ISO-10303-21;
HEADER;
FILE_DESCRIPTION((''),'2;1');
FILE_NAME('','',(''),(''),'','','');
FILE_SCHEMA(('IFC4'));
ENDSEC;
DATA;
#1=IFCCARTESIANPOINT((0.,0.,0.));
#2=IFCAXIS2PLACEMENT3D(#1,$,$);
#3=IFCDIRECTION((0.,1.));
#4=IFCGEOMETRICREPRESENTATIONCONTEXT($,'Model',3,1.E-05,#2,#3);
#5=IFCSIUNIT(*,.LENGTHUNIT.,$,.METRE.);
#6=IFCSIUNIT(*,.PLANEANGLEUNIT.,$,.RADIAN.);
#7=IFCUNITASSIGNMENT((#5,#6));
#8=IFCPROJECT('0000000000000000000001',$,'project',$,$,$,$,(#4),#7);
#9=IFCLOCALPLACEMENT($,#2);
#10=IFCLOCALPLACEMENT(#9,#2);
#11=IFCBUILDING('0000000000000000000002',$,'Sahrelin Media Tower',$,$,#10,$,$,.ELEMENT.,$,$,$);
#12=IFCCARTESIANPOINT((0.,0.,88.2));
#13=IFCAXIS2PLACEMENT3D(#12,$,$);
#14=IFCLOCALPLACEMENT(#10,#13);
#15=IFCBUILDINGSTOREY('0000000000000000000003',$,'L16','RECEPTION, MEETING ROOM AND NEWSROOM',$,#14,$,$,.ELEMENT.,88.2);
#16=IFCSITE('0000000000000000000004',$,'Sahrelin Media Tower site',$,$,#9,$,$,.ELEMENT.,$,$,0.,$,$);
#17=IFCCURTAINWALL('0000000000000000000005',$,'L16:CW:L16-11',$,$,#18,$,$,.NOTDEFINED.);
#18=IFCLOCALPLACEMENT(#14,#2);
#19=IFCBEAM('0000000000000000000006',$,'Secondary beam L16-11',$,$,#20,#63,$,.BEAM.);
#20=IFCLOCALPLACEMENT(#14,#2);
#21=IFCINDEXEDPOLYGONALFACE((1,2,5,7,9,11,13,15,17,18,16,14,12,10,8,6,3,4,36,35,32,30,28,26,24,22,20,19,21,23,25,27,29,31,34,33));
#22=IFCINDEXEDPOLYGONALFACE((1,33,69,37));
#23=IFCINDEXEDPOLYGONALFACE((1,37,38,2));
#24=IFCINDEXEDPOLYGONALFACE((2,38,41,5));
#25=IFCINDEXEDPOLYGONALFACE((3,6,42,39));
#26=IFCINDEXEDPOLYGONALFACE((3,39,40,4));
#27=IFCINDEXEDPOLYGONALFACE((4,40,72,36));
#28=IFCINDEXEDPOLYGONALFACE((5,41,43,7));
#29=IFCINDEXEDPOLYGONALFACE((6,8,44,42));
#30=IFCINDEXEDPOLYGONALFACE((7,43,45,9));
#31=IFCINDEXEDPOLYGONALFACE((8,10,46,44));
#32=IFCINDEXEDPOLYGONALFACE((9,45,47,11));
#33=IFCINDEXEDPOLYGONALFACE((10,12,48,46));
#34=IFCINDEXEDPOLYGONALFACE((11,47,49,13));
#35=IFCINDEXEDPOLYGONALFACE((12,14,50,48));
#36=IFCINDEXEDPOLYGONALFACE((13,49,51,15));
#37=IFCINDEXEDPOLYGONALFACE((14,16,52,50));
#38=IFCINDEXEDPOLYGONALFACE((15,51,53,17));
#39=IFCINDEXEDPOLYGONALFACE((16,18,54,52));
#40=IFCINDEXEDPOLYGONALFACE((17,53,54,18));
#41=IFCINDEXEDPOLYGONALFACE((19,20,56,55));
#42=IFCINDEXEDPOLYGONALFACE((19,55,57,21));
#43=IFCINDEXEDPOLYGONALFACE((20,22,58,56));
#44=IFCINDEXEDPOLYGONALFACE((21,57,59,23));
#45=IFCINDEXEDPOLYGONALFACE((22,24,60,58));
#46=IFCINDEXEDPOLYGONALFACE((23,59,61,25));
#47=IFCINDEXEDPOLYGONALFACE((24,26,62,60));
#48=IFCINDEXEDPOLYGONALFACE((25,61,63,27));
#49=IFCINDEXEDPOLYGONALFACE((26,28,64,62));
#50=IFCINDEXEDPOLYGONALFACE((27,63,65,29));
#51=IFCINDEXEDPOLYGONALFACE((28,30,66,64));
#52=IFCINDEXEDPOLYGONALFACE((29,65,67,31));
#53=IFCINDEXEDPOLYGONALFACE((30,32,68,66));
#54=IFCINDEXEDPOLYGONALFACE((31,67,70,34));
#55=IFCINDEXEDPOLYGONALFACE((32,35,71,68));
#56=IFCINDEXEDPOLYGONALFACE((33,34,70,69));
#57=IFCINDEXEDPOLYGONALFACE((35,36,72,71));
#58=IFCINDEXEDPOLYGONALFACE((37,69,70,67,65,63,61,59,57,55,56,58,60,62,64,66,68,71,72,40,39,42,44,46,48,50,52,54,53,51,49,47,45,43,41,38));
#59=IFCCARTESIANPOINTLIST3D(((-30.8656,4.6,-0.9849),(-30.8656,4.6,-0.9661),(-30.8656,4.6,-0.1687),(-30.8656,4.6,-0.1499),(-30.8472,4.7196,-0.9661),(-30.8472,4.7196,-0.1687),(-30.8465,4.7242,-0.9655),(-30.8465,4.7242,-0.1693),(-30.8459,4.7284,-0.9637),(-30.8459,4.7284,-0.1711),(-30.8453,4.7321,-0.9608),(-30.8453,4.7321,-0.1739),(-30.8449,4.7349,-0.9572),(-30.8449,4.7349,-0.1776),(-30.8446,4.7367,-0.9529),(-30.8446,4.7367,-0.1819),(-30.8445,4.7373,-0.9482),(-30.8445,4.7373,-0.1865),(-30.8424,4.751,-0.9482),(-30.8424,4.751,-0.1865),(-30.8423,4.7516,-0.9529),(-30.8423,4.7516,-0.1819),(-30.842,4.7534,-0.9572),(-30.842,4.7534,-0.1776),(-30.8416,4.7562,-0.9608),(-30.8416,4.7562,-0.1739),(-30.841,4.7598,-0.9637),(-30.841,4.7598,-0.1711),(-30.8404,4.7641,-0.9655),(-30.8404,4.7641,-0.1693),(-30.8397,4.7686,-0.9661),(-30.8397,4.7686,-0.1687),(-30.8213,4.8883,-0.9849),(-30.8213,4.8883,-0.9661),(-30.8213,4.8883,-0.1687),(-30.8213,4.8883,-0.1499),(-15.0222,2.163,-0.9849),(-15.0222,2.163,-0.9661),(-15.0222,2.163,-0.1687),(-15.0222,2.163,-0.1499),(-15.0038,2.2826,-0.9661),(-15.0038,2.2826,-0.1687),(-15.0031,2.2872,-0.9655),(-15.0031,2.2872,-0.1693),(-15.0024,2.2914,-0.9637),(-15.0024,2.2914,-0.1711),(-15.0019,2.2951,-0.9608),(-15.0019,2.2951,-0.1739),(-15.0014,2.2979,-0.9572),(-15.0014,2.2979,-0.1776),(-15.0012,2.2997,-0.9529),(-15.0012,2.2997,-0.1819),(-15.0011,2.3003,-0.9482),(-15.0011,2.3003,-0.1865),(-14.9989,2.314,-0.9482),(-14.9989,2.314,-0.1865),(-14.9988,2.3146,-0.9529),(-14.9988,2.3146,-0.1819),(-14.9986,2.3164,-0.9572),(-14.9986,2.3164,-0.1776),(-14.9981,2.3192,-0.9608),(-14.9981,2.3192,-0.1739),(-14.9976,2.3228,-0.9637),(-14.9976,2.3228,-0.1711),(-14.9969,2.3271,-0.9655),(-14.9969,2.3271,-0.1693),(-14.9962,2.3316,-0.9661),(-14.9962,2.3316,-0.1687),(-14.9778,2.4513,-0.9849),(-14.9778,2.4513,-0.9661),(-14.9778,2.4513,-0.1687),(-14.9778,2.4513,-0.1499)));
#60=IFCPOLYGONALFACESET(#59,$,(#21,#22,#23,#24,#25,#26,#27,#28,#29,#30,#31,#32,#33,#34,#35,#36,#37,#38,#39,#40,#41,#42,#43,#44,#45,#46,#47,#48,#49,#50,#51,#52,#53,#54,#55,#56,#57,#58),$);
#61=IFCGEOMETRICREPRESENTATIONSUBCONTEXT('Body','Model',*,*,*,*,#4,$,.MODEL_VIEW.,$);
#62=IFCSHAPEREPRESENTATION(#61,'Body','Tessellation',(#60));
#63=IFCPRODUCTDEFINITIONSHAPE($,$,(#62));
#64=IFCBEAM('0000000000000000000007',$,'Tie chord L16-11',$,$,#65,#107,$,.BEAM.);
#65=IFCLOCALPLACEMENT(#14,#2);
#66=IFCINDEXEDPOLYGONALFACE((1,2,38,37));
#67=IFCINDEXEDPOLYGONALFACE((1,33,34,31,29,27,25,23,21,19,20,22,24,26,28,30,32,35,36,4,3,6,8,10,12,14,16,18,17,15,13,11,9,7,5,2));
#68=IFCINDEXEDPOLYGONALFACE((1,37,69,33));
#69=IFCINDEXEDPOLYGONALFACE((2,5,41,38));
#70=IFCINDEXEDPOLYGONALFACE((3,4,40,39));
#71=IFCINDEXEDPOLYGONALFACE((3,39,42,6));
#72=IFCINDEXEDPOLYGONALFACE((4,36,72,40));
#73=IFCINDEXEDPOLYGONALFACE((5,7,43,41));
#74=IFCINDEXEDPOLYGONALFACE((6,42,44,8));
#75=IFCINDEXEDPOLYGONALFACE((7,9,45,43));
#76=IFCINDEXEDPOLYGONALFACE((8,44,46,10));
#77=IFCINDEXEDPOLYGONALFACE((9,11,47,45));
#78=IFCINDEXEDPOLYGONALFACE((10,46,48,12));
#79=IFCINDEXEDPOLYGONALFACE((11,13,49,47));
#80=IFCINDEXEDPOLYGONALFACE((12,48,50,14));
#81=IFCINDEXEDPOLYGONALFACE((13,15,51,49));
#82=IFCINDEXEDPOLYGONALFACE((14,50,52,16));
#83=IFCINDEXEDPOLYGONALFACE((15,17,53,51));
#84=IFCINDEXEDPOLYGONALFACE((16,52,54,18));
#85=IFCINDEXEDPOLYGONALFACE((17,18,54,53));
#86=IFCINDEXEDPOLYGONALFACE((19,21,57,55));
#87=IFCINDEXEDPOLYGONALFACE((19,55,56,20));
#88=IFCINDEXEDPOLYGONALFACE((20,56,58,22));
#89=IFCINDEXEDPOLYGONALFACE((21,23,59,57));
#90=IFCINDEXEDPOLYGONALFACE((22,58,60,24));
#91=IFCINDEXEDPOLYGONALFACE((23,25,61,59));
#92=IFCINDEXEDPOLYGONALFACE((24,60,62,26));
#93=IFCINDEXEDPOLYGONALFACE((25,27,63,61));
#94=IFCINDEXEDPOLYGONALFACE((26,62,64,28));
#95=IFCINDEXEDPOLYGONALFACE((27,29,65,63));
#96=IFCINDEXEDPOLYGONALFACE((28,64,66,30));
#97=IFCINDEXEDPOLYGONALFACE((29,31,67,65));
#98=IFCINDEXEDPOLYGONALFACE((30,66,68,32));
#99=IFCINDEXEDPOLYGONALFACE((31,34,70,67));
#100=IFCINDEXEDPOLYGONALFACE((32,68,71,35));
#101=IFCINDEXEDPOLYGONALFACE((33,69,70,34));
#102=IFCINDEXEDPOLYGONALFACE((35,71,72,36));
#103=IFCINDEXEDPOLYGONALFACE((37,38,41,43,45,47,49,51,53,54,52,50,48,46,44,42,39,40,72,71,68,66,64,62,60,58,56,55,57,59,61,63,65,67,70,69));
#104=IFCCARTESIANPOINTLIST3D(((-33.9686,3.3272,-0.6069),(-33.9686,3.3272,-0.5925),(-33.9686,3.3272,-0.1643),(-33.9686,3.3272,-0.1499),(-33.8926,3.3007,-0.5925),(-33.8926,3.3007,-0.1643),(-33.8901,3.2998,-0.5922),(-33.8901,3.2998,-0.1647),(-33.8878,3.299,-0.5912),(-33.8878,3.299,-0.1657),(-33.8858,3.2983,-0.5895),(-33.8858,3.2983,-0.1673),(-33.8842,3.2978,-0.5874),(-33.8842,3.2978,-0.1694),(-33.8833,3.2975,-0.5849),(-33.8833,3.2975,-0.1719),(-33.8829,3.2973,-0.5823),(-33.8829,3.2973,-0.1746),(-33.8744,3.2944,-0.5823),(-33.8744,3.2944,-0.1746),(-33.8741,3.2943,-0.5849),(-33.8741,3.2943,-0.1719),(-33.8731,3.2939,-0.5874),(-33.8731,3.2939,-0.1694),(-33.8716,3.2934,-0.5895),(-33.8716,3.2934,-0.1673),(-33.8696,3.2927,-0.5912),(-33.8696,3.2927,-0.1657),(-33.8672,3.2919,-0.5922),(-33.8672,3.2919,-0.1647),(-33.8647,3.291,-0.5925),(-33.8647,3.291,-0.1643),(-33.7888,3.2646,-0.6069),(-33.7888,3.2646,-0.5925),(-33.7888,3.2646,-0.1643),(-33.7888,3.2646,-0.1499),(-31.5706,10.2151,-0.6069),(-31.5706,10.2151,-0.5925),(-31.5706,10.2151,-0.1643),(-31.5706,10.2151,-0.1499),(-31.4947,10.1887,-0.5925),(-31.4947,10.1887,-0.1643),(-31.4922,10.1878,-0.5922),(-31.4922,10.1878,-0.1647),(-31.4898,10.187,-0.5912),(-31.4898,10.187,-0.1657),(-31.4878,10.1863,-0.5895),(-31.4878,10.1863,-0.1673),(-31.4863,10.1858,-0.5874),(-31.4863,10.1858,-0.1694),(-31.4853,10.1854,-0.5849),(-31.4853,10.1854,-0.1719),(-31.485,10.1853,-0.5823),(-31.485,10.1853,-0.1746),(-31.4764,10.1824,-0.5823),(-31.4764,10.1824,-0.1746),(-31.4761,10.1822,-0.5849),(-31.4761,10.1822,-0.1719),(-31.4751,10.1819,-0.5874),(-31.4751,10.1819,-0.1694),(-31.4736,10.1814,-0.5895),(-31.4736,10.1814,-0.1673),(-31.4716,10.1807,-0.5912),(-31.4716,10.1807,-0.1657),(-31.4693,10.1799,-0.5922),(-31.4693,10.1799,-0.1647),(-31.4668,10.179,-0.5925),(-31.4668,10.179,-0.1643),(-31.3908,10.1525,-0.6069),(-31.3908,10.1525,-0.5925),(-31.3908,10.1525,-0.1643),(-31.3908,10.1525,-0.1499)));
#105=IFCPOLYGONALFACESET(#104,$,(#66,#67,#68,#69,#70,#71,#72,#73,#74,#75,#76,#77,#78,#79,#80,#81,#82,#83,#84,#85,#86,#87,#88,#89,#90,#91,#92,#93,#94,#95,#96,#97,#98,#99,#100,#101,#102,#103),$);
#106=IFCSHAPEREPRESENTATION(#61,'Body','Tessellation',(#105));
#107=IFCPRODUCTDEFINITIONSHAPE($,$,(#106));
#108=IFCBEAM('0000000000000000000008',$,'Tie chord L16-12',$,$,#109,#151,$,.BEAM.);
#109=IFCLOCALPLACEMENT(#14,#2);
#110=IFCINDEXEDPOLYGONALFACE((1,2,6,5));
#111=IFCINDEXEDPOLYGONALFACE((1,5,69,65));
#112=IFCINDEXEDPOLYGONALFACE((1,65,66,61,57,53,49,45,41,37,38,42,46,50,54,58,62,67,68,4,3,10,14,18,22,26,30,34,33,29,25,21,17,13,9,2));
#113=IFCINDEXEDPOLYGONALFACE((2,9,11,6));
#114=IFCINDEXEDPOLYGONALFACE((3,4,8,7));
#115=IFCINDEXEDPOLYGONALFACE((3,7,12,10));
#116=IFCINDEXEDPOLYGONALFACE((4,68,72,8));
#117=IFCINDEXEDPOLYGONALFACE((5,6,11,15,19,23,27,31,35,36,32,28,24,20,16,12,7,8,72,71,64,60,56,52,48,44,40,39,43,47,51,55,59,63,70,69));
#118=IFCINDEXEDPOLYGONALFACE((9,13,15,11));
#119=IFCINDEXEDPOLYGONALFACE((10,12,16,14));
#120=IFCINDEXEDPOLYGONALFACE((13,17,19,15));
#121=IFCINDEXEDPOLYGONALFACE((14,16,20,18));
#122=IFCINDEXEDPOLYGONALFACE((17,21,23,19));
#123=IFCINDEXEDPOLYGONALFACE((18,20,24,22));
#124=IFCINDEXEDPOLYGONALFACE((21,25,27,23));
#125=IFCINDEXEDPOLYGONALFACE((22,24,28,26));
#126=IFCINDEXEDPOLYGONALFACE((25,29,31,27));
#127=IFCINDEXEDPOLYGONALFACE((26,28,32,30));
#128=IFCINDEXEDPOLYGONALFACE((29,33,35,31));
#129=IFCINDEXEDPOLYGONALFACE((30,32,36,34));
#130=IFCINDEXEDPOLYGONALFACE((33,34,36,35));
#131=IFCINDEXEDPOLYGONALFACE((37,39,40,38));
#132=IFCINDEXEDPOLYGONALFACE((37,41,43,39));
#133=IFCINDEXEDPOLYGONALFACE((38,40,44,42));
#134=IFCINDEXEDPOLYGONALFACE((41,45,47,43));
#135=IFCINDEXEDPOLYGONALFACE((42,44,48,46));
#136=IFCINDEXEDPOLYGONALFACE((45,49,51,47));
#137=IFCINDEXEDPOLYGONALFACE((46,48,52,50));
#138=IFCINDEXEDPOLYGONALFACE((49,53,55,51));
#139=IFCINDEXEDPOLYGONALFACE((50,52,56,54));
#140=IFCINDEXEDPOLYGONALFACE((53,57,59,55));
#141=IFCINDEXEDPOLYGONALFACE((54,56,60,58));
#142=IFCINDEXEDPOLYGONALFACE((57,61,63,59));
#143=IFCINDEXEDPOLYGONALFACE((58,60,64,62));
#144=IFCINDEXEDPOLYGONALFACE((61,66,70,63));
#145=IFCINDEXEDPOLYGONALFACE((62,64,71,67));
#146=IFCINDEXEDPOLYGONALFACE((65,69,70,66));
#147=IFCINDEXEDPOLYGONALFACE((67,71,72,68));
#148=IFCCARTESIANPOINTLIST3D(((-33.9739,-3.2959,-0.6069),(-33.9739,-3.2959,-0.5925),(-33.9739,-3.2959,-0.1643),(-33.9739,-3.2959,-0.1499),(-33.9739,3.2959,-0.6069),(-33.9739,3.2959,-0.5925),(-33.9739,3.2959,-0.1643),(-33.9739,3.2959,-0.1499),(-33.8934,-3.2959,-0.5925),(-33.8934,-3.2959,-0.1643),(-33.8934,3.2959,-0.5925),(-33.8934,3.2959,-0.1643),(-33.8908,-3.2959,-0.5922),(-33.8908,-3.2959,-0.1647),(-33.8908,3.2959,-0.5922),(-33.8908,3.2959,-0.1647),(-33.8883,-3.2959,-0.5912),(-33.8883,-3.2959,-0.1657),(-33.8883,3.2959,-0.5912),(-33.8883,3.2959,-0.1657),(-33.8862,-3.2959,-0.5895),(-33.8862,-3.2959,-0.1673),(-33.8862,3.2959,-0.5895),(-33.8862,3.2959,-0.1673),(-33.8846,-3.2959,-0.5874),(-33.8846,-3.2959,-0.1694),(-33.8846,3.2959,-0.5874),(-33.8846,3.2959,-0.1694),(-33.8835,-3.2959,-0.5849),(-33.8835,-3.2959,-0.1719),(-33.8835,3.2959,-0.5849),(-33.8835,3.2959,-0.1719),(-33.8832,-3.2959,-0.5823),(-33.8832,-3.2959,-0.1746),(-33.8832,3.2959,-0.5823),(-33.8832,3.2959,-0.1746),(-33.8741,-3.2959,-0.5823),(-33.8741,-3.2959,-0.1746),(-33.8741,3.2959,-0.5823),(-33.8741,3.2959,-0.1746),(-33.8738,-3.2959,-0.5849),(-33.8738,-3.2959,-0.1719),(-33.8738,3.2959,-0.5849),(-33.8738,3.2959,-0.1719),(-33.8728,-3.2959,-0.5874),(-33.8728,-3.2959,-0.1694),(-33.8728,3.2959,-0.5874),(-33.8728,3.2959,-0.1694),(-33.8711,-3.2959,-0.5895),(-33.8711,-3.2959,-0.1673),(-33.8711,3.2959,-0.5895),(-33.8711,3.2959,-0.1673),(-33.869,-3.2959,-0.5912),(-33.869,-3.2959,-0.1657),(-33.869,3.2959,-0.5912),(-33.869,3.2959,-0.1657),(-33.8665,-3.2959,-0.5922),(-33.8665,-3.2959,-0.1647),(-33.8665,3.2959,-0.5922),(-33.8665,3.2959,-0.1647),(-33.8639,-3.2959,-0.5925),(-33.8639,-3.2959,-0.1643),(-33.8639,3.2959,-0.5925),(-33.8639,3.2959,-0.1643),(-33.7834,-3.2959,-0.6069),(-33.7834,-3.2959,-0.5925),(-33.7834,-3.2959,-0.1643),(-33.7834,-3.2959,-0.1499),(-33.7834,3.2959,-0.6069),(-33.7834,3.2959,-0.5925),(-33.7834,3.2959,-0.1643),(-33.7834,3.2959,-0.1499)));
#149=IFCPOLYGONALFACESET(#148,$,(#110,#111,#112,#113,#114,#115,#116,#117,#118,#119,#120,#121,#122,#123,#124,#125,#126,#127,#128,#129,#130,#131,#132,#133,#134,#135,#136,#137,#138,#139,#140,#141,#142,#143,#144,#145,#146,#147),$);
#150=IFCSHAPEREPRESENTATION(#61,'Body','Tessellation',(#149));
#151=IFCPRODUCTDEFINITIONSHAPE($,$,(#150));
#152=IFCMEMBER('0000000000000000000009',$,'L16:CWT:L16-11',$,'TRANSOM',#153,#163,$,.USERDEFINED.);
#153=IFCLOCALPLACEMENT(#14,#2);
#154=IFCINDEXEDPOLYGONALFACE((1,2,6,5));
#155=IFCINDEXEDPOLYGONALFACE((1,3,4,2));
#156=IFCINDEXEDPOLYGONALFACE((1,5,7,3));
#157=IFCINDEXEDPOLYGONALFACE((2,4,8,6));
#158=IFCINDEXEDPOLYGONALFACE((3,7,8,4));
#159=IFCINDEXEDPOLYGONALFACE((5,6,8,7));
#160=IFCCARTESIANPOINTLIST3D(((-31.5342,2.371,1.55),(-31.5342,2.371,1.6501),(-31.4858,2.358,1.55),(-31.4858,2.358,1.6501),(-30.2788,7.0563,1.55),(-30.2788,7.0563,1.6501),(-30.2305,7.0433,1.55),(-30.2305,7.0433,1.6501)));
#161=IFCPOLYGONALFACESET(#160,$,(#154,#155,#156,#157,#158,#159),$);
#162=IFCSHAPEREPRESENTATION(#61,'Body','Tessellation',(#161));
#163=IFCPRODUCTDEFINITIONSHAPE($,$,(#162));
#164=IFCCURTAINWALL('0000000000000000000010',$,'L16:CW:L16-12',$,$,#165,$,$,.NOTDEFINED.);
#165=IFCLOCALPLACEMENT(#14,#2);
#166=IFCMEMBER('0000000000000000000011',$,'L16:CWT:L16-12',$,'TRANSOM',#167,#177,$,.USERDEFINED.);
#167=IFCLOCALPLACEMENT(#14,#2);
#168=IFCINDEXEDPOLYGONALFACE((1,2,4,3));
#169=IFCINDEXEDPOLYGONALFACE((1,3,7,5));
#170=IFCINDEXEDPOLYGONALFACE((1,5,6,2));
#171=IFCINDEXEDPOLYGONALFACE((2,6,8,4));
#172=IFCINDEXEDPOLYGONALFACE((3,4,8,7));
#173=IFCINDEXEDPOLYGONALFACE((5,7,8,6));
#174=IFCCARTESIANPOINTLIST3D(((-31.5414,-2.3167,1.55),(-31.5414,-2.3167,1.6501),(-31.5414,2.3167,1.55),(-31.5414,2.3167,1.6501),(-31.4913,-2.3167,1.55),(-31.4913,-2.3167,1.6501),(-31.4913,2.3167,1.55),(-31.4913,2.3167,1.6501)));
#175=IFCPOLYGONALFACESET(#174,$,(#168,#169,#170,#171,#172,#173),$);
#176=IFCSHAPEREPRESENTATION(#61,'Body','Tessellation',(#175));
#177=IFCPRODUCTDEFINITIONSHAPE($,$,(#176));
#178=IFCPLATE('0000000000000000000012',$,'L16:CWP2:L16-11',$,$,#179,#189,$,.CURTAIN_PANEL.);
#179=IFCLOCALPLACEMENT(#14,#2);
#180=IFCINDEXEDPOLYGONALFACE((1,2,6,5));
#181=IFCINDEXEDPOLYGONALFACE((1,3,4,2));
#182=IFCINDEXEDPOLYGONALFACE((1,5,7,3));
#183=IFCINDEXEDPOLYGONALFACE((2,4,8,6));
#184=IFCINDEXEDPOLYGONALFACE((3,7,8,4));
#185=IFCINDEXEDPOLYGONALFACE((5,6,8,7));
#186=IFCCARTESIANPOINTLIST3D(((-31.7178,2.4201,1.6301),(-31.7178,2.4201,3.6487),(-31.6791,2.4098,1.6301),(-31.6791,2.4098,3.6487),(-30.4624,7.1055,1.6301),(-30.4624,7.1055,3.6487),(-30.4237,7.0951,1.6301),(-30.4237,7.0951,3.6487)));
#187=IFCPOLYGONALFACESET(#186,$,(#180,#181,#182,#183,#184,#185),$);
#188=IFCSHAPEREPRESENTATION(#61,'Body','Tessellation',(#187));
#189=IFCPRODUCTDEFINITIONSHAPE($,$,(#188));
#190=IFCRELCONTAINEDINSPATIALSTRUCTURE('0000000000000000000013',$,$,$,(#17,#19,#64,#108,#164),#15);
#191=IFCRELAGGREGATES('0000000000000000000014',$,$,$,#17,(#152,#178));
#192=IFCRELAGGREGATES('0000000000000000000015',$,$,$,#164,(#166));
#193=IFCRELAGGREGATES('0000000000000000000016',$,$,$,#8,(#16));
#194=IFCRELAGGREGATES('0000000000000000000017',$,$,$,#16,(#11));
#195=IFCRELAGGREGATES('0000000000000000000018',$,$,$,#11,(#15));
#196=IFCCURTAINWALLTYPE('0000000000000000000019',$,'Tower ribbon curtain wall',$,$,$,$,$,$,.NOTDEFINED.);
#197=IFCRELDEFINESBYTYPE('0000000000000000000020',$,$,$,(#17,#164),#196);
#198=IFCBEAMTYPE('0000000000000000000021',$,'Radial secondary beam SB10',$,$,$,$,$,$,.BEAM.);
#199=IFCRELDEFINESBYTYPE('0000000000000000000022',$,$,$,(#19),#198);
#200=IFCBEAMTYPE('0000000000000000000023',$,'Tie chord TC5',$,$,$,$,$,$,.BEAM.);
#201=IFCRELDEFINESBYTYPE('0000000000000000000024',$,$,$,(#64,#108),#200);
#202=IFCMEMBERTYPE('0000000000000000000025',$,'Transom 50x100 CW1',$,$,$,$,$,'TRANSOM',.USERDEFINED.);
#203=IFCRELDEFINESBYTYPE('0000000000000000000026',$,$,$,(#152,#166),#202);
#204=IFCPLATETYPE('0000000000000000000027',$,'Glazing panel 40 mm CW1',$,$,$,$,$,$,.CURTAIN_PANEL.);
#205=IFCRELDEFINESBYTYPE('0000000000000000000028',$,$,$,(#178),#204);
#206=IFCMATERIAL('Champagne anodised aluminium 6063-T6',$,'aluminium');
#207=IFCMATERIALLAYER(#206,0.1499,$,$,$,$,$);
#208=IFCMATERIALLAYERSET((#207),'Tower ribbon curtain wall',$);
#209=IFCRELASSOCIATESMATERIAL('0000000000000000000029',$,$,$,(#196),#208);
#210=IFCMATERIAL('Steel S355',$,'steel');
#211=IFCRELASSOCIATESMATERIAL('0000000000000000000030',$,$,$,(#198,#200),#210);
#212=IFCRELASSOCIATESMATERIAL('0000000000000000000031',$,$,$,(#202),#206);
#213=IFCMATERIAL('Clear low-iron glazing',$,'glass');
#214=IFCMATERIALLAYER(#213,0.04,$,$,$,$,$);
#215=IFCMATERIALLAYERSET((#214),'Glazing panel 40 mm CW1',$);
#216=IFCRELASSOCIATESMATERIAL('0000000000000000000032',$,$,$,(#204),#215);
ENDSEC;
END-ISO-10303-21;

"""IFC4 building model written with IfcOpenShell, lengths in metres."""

from ifc_helpers import new_model, si_unit, direction, frame, origin, origin_2d, place, context, subcontext, project, spatial, polyline, rectangle, i_section, outline, extrude, material, layer, layer_set, material_profile, profile_set, type_object, element, aggregate, save


model = new_model("IFC4")

# Units and contexts
model_context = context("Model", 3, precision=1e-05, world=origin(), true_north=direction((0.0, 1.0)))
body_context = subcontext(model_context, "Body", "Model", "MODEL_VIEW")
ifc_project = project(units=[si_unit("LENGTHUNIT", "METRE"), si_unit("PLANEANGLEUNIT", "RADIAN")], contexts=[model_context])

# Site, building, storey
site_placement = place(None, origin())
site = spatial("IfcSite", under=ifc_project, at=site_placement, Name="Sahrelin Media Tower site", CompositionType="ELEMENT", RefElevation=0.0)
building_placement = place(site_placement, origin())
building = spatial("IfcBuilding", under=site, at=building_placement, Name="Sahrelin Media Tower", CompositionType="ELEMENT")
storey_placement = place(building_placement, frame((0.0, 0.0, 88.2)))
storey = spatial("IfcBuildingStorey", under=building, at=storey_placement, Name="L16", Description="RECEPTION, MEETING ROOM AND NEWSROOM", CompositionType="ELEMENT", Elevation=88.2)

# Shared definitions
ifc_material_1 = material(Name="Steel S355", Category="steel")

# Curtain wall
ifc_material_2 = material(Name="Champagne anodised aluminium 6063-T6", Category="aluminium")
ifc_layer_1 = layer(ifc_material_2, 0.1499)
ifc_layer_set_1 = layer_set([ifc_layer_1], Name="Tower ribbon curtain wall")
curtain_wall_type = type_object("IfcCurtainWallType", Name="Tower ribbon curtain wall", PredefinedType="NOTDEFINED", material=ifc_layer_set_1)
curtain_wall_1_placement = place(storey_placement, frame((-31.0708, 4.7576, 0.0), z_axis=(0.0, 0.0, 1.0), x_axis=(1.0, 0.0, 0.0)))
curtain_wall_1 = element("IfcCurtainWall", 1, at=curtain_wall_1_placement, inside=storey, type_object=curtain_wall_type, Name="L16:CW:L16-11", PredefinedType="NOTDEFINED")

# Beams
ifc_material_profile_1 = material_profile(ifc_material_1, i_section(OverallWidth=0.2917, OverallDepth=0.835, WebThickness=0.0139, FlangeThickness=0.0188, FilletRadius=0.0178, at=origin_2d()), Name="UB 838x292x176")
ifc_profile_set_1 = profile_set([ifc_material_profile_1], Name="Steel S355")
beam_type_1 = type_object("IfcBeamType", Name="Radial secondary beam SB10", PredefinedType="BEAM", material=ifc_profile_set_1)
beam_1_placement = place(storey_placement, frame((-15.0, 2.3071, -0.5674), z_axis=(-0.988376, 0.15203, 0.0), x_axis=(-0.15203, -0.988376, 0.0)))
element("IfcBeam", 2, at=beam_1_placement, inside=storey, type_object=beam_type_1, Name="Secondary beam L16-11", PredefinedType="BEAM", context=body_context, shape_type="SweptSolid", body=[
    extrude(i_section(OverallWidth=0.2917, OverallDepth=0.835, WebThickness=0.0139, FlangeThickness=0.0188, FilletRadius=0.0178, at=origin_2d()), origin(), (0.0, 0.0, 1.0), 16.0298),
])
ifc_material_profile_2 = material_profile(ifc_material_1, i_section(OverallWidth=0.1904, OverallDepth=0.457, WebThickness=0.009, FlangeThickness=0.0144, FilletRadius=0.0103, at=origin_2d()), Name="UB 457x191x74")
ifc_profile_set_2 = profile_set([ifc_material_profile_2], Name="Steel S355")
beam_type_2 = type_object("IfcBeamType", Name="Tie chord TC5", PredefinedType="BEAM", material=ifc_profile_set_2)
beam_2_placement = place(storey_placement, frame((-31.4807, 10.1838, -0.3784), z_axis=(-0.328783, -0.944406, 0.0), x_axis=(0.944406, -0.328783, 0.0)))
element("IfcBeam", 3, at=beam_2_placement, inside=storey, type_object=beam_type_2, Name="Tie chord L16-11", PredefinedType="BEAM", context=body_context, shape_type="SweptSolid", body=[
    extrude(i_section(OverallWidth=0.1904, OverallDepth=0.457, WebThickness=0.009, FlangeThickness=0.0144, FilletRadius=0.0103, at=origin_2d()), origin(), (0.0, 0.0, 1.0), 7.2935),
])
beam_3_placement = place(storey_placement, frame((-33.8787, 3.2959, -0.3784), z_axis=(0.0, -1.0, 0.0), x_axis=(1.0, 0.0, 0.0)))
element("IfcBeam", 4, at=beam_3_placement, inside=storey, type_object=beam_type_2, Name="Tie chord L16-12", PredefinedType="BEAM", context=body_context, shape_type="SweptSolid", body=[
    extrude(i_section(OverallWidth=0.1904, OverallDepth=0.457, WebThickness=0.009, FlangeThickness=0.0144, FilletRadius=0.0103, at=origin_2d()), origin(), (0.0, 0.0, 1.0), 6.5918),
])

# Member
ifc_material_profile_3 = material_profile(ifc_material_2, rectangle(XDim=0.05, YDim=0.1001, at=origin_2d()), Name="Transom 50x100")
ifc_profile_set_3 = profile_set([ifc_material_profile_3], Name="Champagne anodised aluminium 6063-T6")
member_type_1 = type_object("IfcMemberType", Name="Transom 50x100 CW1", ElementType="TRANSOM", PredefinedType="USERDEFINED", material=ifc_profile_set_3)
member_1_placement = place(storey_placement, frame((-30.2546, 7.0498, 1.6001), z_axis=(-0.258809, -0.965929, 0.0), x_axis=(0.965929, -0.258809, 0.0)))
member_1 = element("IfcMember", 5, at=member_1_placement, type_object=member_type_1, Name="L16:CWT:L16-11", ObjectType="TRANSOM", PredefinedType="USERDEFINED", context=body_context, shape_type="SweptSolid", body=[
    extrude(rectangle(XDim=0.05, YDim=0.1001, at=origin_2d()), origin(), (0.0, 0.0, 1.0), 4.8506),
])

# Curtain wall, member
curtain_wall_2_placement = place(storey_placement, frame((-31.7112, 0.0, 0.0), z_axis=(0.0, 0.0, 1.0), x_axis=(1.0, 0.0, 0.0)))
curtain_wall_2 = element("IfcCurtainWall", 6, at=curtain_wall_2_placement, inside=storey, type_object=curtain_wall_type, Name="L16:CW:L16-12", PredefinedType="NOTDEFINED")
member_2_placement = place(storey_placement, frame((-31.5164, 2.3167, 1.6001), z_axis=(0.0, -1.0, 0.0), x_axis=(1.0, 0.0, 0.0)))
member_2 = element("IfcMember", 7, at=member_2_placement, type_object=member_type_1, Name="L16:CWT:L16-12", ObjectType="TRANSOM", PredefinedType="USERDEFINED", context=body_context, shape_type="SweptSolid", body=[
    extrude(rectangle(XDim=0.05, YDim=0.1001, at=origin_2d()), origin(), (0.0, 0.0, 1.0), 4.6333),
])

# Plate
ifc_material_3 = material(Name="Clear low-iron glazing", Category="glass")
ifc_layer_2 = layer(ifc_material_3, 0.04)
ifc_layer_set_2 = layer_set([ifc_layer_2], Name="Glazing panel 40 mm CW1")
plate_type_1 = type_object("IfcPlateType", Name="Glazing panel 40 mm CW1", PredefinedType="CURTAIN_PANEL", material=ifc_layer_set_2)
plate_1_placement = place(storey_placement, frame((-30.4624, 7.1055, 1.6301), z_axis=(-0.965929, 0.258809, 0.0), x_axis=(-0.258809, -0.965929, 0.0)))
plate_1 = element("IfcPlate", 8, at=plate_1_placement, type_object=plate_type_1, Name="L16:CWP2:L16-11", PredefinedType="CURTAIN_PANEL", context=body_context, shape_type="SweptSolid", body=[
    extrude(outline(polyline([(0.0, 0.0), (4.8506, 0.0), (4.8506, 2.0186), (0.0, 2.0186), (0.0, 0.0)])), origin(), (0.0, 0.0, -1.0), 0.04),
])
aggregate(curtain_wall_1, [member_1, plate_1])
aggregate(curtain_wall_2, [member_2])

save(model, "model.ifc")
